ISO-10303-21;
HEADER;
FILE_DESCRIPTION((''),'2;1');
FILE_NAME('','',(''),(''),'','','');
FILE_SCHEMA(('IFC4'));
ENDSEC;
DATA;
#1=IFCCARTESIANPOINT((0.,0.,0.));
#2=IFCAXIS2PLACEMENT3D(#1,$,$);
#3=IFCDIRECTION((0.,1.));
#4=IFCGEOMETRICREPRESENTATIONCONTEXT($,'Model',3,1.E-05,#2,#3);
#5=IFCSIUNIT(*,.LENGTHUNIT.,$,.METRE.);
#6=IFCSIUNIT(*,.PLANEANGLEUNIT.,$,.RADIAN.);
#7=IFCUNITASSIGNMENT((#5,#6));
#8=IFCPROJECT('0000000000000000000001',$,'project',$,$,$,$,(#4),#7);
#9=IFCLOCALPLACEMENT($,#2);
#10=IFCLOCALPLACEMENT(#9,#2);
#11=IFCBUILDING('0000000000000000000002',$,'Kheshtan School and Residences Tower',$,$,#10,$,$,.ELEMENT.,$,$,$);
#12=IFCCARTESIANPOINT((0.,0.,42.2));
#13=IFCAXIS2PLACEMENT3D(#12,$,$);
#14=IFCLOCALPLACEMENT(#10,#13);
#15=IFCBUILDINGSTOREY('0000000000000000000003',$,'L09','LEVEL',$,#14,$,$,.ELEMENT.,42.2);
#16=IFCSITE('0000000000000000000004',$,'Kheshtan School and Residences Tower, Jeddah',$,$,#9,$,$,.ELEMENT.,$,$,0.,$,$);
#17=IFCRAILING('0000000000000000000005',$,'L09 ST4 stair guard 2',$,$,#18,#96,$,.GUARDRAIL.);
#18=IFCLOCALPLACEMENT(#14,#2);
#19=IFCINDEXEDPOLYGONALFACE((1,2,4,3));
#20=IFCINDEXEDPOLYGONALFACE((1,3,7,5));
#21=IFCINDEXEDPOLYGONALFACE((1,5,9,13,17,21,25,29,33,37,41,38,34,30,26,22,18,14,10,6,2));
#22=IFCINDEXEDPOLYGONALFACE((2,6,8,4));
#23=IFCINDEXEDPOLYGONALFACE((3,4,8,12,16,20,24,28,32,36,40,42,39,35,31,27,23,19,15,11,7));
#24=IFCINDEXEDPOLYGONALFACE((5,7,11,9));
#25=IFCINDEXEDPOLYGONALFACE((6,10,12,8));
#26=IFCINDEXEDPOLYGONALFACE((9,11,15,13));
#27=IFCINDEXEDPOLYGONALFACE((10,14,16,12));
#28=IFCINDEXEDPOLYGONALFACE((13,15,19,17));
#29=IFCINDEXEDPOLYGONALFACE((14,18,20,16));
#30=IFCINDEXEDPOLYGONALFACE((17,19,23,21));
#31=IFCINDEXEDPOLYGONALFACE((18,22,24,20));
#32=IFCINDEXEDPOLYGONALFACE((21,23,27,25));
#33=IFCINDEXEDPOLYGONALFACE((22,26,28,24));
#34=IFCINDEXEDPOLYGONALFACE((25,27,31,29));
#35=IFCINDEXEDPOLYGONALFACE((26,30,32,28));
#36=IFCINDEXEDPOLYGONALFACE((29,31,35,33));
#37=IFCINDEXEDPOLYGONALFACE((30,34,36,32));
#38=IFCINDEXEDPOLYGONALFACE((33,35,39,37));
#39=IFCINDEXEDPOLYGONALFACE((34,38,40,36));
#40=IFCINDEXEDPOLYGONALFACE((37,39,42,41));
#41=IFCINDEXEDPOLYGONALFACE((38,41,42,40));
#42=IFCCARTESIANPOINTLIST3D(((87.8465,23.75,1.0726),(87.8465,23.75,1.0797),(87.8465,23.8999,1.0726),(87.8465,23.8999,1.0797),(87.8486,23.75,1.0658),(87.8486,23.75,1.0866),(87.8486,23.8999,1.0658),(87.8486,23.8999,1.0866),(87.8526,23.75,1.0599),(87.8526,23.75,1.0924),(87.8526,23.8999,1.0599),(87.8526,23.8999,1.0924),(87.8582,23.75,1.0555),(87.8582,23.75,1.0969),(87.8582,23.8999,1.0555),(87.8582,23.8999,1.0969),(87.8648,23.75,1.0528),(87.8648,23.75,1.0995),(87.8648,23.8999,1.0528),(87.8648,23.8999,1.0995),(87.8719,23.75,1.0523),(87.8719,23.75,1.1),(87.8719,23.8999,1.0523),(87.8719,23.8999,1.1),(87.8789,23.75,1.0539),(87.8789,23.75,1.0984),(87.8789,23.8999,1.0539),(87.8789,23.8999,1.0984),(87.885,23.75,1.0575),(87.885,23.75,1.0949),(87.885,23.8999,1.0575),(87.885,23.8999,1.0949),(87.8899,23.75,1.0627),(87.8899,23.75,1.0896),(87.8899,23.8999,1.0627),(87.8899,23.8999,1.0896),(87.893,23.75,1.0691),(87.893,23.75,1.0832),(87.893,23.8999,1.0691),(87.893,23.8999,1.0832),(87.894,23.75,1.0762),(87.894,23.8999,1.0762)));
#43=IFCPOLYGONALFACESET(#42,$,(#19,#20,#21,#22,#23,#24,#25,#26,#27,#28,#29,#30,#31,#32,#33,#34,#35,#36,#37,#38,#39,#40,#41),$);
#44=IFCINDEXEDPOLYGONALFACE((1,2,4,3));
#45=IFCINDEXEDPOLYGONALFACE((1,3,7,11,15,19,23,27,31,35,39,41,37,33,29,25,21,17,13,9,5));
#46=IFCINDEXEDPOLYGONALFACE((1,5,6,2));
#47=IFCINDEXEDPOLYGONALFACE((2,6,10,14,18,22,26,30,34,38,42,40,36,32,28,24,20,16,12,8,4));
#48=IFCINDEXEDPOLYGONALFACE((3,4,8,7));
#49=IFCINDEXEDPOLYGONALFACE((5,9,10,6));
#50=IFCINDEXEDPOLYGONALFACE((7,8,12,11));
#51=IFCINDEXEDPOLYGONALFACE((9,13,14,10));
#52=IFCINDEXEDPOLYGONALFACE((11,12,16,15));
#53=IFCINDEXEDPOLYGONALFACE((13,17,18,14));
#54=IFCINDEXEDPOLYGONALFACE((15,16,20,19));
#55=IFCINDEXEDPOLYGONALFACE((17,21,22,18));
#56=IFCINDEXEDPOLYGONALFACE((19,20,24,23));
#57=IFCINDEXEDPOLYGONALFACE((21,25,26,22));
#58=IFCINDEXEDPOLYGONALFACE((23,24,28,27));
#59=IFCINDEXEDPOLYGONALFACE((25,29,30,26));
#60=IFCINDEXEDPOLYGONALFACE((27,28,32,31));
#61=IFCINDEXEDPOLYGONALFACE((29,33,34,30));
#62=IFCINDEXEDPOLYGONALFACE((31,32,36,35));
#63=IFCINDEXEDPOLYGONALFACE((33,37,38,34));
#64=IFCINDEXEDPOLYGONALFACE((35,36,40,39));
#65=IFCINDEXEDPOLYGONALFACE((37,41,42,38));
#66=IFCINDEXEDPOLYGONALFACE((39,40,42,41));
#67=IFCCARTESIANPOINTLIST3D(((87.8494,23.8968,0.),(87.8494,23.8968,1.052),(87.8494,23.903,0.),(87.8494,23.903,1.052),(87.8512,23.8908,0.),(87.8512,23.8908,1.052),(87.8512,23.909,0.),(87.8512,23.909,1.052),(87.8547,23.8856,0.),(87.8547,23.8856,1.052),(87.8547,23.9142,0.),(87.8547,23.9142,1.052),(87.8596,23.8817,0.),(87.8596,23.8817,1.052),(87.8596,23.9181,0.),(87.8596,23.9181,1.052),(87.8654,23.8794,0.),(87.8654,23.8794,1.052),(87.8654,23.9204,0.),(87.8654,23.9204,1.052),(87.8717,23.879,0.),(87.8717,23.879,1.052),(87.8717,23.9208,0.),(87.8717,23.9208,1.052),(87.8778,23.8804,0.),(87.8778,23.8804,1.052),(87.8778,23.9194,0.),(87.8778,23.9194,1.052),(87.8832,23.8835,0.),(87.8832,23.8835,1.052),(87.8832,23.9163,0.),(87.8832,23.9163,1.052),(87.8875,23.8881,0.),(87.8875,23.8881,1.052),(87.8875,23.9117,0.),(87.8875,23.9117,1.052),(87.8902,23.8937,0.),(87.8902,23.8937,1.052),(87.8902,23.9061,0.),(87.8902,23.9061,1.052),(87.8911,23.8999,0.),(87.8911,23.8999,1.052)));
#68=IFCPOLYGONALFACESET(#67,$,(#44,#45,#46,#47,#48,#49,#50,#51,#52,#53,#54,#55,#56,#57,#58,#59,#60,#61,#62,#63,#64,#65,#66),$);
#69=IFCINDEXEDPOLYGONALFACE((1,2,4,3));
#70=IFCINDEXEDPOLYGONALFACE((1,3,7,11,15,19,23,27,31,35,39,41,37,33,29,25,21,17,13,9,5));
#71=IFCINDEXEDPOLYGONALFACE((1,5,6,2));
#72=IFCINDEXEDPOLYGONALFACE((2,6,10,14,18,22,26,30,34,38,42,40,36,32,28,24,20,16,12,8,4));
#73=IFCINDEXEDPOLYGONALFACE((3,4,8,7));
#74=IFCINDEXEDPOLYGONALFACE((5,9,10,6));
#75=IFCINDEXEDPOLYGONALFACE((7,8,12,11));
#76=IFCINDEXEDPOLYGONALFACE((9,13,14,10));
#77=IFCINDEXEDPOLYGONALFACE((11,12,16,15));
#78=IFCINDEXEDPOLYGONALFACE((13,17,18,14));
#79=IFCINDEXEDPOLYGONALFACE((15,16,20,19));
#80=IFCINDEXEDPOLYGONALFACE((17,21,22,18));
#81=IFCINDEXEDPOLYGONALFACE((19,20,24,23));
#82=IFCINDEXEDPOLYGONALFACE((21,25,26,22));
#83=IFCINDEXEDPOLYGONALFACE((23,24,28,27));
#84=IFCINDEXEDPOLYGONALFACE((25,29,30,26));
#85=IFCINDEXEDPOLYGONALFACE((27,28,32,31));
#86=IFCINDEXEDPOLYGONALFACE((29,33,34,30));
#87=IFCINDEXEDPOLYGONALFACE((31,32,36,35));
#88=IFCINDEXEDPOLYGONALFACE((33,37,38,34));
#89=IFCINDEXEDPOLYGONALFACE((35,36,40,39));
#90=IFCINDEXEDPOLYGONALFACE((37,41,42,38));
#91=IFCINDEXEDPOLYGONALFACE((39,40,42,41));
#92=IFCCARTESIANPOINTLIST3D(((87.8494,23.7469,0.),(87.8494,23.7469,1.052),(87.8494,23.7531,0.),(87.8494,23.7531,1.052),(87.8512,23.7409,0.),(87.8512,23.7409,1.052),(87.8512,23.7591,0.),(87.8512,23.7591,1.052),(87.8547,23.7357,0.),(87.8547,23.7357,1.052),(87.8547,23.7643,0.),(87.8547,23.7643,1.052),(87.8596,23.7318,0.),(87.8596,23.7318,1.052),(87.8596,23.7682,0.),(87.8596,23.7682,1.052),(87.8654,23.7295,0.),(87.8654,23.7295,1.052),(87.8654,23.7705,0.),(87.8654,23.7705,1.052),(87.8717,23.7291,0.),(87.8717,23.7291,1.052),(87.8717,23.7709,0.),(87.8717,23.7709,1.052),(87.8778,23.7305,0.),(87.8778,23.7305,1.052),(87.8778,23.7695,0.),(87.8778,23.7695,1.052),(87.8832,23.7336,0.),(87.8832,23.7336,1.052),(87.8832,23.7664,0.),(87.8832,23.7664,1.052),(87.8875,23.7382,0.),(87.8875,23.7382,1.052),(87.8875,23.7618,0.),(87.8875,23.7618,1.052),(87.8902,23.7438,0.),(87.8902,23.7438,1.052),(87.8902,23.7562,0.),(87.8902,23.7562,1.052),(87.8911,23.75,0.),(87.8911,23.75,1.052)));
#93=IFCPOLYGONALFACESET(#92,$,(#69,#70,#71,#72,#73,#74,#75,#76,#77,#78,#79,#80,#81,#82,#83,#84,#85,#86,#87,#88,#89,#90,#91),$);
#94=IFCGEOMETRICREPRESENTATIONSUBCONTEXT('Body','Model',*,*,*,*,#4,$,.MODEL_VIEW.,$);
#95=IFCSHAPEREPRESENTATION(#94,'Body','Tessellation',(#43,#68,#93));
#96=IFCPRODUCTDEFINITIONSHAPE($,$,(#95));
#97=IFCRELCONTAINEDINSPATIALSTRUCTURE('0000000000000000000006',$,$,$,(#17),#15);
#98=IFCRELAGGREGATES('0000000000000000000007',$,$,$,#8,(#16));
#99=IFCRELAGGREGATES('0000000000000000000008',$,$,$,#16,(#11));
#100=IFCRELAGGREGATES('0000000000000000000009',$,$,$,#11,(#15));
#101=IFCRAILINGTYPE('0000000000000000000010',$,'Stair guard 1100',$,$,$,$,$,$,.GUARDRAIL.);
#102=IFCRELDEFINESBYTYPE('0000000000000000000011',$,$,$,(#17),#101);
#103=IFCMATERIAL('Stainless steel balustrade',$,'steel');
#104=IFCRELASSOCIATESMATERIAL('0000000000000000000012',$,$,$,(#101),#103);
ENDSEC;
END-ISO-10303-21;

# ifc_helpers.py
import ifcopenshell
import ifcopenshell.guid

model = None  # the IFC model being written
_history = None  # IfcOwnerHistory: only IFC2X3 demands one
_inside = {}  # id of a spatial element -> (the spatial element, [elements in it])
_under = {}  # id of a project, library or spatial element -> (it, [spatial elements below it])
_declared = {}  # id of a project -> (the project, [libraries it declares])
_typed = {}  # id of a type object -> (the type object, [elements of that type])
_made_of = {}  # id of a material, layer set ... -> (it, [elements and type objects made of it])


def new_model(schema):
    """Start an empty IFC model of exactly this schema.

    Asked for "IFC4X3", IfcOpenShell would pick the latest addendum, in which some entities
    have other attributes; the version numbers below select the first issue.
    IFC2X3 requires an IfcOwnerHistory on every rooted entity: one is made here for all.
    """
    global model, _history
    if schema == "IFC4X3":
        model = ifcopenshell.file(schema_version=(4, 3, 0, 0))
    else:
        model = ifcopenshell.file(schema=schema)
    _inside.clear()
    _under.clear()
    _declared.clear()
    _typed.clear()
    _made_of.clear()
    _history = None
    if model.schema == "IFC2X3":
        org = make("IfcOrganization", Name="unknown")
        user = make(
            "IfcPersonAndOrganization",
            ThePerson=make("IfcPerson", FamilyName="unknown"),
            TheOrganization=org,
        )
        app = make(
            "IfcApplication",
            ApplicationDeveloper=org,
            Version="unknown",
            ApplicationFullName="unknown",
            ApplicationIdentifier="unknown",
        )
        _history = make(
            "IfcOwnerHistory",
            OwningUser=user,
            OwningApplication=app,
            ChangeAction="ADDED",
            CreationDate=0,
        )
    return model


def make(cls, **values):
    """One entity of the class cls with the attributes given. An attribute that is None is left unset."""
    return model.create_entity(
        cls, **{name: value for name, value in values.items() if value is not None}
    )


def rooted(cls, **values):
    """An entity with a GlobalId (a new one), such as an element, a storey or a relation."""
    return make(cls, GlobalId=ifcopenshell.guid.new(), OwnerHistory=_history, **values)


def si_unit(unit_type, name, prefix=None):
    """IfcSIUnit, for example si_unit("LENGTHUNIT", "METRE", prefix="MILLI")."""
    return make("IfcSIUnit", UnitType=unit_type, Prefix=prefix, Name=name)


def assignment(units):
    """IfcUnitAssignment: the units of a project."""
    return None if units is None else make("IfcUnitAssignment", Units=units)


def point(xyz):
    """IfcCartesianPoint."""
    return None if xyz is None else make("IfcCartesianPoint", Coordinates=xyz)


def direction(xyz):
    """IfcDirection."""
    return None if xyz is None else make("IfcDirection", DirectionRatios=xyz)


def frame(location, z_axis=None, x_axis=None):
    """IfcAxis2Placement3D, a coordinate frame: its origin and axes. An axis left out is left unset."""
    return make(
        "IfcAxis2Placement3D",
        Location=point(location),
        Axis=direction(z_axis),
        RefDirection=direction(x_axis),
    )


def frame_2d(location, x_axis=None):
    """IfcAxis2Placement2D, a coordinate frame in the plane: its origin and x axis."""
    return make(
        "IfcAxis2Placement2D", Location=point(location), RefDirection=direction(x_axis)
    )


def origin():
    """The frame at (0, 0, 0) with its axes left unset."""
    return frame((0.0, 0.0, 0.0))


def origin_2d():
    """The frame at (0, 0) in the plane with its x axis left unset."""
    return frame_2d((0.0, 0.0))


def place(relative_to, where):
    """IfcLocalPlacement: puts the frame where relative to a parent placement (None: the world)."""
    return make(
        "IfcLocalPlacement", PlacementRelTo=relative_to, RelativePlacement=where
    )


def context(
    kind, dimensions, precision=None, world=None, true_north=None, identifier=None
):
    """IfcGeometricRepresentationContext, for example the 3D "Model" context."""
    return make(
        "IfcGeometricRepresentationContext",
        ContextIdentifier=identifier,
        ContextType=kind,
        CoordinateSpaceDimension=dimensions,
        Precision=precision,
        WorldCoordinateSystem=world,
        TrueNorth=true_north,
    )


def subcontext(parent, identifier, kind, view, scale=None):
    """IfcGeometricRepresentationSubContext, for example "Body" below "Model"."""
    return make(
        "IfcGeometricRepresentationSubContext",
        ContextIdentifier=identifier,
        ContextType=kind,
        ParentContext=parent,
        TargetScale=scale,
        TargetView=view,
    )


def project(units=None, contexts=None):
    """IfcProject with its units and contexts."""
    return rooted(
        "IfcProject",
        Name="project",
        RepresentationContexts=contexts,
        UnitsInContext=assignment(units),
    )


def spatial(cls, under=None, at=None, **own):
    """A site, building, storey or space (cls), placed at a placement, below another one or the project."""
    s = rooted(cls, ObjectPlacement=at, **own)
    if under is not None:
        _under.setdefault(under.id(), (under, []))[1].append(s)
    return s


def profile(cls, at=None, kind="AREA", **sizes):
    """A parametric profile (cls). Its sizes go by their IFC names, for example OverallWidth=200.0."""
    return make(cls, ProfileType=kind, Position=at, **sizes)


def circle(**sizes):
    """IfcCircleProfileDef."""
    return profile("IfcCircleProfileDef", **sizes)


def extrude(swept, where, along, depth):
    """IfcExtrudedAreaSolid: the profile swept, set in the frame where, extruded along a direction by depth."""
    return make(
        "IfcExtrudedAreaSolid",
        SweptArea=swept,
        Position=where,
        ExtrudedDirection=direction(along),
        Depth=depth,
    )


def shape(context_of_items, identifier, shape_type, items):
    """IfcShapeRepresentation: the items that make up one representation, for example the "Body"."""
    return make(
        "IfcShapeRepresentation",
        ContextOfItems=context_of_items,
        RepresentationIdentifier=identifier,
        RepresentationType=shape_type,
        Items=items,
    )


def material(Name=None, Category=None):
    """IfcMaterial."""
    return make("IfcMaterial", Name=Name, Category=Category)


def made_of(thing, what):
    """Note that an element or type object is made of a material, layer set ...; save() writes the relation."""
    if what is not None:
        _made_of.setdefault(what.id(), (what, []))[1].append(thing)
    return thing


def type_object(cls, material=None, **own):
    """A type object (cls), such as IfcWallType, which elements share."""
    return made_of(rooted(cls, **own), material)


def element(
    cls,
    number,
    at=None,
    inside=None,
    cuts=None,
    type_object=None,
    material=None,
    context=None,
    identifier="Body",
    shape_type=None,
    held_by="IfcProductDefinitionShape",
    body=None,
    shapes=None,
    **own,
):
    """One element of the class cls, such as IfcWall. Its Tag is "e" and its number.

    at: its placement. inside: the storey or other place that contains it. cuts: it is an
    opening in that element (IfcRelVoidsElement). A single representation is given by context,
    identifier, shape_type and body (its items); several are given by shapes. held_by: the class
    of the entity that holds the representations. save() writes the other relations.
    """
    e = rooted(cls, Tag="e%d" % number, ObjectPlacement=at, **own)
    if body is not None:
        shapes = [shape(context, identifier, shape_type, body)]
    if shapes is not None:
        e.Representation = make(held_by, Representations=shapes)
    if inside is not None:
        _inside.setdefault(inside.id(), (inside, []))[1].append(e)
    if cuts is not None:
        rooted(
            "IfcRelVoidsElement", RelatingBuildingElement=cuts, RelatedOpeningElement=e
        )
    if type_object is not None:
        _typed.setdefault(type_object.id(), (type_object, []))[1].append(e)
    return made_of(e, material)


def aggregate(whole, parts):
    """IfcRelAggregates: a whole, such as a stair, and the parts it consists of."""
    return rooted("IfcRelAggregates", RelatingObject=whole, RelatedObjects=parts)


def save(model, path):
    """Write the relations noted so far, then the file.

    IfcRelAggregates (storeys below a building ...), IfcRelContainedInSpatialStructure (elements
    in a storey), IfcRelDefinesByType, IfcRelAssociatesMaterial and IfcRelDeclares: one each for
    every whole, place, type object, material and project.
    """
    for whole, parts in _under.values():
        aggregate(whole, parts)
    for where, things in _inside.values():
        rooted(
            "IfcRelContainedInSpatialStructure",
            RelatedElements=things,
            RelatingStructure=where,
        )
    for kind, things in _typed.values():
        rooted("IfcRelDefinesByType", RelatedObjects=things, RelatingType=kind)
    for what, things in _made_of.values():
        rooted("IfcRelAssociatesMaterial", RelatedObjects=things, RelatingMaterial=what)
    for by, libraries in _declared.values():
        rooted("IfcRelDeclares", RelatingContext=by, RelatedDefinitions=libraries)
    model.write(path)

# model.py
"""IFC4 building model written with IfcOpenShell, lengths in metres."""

from ifc_helpers import new_model, si_unit, direction, frame, origin, origin_2d, place, context, subcontext, project, spatial, circle, extrude, material, type_object, element, save


model = new_model("IFC4")

# Units and contexts
model_context = context("Model", 3, precision=1e-05, world=origin(), true_north=direction((0.0, 1.0)))
body_context = subcontext(model_context, "Body", "Model", "MODEL_VIEW")
ifc_project = project(units=[si_unit("LENGTHUNIT", "METRE"), si_unit("PLANEANGLEUNIT", "RADIAN")], contexts=[model_context])

# Site, building, storey
site_placement = place(None, origin())
site = spatial("IfcSite", under=ifc_project, at=site_placement, Name="Kheshtan School and Residences Tower, Jeddah", CompositionType="ELEMENT", RefElevation=0.0)
building_placement = place(site_placement, origin())
building = spatial("IfcBuilding", under=site, at=building_placement, Name="Kheshtan School and Residences Tower", CompositionType="ELEMENT")
storey_placement = place(building_placement, frame((0.0, 0.0, 42.2)))
storey = spatial("IfcBuildingStorey", under=building, at=storey_placement, Name="L09", Description="LEVEL", CompositionType="ELEMENT", Elevation=42.2)

# Railing
ifc_material_1 = material(Name="Stainless steel balustrade", Category="steel")
railing_type_1 = type_object("IfcRailingType", Name="Stair guard 1100", PredefinedType="GUARDRAIL", material=ifc_material_1)
railing_1_placement = place(storey_placement, frame((87.8701, 23.8999, 0.0)))
element("IfcRailing", 1, at=railing_1_placement, inside=storey, type_object=railing_type_1, Name="L09 ST4 stair guard 2", PredefinedType="GUARDRAIL", context=body_context, shape_type="SweptSolid", body=[
    extrude(circle(Radius=0.0239, at=origin_2d()), frame((0.0, 0.0, 1.0762), z_axis=(0.0, -1.0, 0.0), x_axis=(1.0, 0.0, 0.0)), (0.0, 0.0, 1.0), 0.1499),
    extrude(circle(Radius=0.021, at=origin_2d()), origin(), (0.0, 0.0, 1.0), 1.052),
    extrude(circle(Radius=0.021, at=origin_2d()), frame((0.0, -0.1499, 0.0)), (0.0, 0.0, 1.0), 1.052),
])

save(model, "model.ifc")
